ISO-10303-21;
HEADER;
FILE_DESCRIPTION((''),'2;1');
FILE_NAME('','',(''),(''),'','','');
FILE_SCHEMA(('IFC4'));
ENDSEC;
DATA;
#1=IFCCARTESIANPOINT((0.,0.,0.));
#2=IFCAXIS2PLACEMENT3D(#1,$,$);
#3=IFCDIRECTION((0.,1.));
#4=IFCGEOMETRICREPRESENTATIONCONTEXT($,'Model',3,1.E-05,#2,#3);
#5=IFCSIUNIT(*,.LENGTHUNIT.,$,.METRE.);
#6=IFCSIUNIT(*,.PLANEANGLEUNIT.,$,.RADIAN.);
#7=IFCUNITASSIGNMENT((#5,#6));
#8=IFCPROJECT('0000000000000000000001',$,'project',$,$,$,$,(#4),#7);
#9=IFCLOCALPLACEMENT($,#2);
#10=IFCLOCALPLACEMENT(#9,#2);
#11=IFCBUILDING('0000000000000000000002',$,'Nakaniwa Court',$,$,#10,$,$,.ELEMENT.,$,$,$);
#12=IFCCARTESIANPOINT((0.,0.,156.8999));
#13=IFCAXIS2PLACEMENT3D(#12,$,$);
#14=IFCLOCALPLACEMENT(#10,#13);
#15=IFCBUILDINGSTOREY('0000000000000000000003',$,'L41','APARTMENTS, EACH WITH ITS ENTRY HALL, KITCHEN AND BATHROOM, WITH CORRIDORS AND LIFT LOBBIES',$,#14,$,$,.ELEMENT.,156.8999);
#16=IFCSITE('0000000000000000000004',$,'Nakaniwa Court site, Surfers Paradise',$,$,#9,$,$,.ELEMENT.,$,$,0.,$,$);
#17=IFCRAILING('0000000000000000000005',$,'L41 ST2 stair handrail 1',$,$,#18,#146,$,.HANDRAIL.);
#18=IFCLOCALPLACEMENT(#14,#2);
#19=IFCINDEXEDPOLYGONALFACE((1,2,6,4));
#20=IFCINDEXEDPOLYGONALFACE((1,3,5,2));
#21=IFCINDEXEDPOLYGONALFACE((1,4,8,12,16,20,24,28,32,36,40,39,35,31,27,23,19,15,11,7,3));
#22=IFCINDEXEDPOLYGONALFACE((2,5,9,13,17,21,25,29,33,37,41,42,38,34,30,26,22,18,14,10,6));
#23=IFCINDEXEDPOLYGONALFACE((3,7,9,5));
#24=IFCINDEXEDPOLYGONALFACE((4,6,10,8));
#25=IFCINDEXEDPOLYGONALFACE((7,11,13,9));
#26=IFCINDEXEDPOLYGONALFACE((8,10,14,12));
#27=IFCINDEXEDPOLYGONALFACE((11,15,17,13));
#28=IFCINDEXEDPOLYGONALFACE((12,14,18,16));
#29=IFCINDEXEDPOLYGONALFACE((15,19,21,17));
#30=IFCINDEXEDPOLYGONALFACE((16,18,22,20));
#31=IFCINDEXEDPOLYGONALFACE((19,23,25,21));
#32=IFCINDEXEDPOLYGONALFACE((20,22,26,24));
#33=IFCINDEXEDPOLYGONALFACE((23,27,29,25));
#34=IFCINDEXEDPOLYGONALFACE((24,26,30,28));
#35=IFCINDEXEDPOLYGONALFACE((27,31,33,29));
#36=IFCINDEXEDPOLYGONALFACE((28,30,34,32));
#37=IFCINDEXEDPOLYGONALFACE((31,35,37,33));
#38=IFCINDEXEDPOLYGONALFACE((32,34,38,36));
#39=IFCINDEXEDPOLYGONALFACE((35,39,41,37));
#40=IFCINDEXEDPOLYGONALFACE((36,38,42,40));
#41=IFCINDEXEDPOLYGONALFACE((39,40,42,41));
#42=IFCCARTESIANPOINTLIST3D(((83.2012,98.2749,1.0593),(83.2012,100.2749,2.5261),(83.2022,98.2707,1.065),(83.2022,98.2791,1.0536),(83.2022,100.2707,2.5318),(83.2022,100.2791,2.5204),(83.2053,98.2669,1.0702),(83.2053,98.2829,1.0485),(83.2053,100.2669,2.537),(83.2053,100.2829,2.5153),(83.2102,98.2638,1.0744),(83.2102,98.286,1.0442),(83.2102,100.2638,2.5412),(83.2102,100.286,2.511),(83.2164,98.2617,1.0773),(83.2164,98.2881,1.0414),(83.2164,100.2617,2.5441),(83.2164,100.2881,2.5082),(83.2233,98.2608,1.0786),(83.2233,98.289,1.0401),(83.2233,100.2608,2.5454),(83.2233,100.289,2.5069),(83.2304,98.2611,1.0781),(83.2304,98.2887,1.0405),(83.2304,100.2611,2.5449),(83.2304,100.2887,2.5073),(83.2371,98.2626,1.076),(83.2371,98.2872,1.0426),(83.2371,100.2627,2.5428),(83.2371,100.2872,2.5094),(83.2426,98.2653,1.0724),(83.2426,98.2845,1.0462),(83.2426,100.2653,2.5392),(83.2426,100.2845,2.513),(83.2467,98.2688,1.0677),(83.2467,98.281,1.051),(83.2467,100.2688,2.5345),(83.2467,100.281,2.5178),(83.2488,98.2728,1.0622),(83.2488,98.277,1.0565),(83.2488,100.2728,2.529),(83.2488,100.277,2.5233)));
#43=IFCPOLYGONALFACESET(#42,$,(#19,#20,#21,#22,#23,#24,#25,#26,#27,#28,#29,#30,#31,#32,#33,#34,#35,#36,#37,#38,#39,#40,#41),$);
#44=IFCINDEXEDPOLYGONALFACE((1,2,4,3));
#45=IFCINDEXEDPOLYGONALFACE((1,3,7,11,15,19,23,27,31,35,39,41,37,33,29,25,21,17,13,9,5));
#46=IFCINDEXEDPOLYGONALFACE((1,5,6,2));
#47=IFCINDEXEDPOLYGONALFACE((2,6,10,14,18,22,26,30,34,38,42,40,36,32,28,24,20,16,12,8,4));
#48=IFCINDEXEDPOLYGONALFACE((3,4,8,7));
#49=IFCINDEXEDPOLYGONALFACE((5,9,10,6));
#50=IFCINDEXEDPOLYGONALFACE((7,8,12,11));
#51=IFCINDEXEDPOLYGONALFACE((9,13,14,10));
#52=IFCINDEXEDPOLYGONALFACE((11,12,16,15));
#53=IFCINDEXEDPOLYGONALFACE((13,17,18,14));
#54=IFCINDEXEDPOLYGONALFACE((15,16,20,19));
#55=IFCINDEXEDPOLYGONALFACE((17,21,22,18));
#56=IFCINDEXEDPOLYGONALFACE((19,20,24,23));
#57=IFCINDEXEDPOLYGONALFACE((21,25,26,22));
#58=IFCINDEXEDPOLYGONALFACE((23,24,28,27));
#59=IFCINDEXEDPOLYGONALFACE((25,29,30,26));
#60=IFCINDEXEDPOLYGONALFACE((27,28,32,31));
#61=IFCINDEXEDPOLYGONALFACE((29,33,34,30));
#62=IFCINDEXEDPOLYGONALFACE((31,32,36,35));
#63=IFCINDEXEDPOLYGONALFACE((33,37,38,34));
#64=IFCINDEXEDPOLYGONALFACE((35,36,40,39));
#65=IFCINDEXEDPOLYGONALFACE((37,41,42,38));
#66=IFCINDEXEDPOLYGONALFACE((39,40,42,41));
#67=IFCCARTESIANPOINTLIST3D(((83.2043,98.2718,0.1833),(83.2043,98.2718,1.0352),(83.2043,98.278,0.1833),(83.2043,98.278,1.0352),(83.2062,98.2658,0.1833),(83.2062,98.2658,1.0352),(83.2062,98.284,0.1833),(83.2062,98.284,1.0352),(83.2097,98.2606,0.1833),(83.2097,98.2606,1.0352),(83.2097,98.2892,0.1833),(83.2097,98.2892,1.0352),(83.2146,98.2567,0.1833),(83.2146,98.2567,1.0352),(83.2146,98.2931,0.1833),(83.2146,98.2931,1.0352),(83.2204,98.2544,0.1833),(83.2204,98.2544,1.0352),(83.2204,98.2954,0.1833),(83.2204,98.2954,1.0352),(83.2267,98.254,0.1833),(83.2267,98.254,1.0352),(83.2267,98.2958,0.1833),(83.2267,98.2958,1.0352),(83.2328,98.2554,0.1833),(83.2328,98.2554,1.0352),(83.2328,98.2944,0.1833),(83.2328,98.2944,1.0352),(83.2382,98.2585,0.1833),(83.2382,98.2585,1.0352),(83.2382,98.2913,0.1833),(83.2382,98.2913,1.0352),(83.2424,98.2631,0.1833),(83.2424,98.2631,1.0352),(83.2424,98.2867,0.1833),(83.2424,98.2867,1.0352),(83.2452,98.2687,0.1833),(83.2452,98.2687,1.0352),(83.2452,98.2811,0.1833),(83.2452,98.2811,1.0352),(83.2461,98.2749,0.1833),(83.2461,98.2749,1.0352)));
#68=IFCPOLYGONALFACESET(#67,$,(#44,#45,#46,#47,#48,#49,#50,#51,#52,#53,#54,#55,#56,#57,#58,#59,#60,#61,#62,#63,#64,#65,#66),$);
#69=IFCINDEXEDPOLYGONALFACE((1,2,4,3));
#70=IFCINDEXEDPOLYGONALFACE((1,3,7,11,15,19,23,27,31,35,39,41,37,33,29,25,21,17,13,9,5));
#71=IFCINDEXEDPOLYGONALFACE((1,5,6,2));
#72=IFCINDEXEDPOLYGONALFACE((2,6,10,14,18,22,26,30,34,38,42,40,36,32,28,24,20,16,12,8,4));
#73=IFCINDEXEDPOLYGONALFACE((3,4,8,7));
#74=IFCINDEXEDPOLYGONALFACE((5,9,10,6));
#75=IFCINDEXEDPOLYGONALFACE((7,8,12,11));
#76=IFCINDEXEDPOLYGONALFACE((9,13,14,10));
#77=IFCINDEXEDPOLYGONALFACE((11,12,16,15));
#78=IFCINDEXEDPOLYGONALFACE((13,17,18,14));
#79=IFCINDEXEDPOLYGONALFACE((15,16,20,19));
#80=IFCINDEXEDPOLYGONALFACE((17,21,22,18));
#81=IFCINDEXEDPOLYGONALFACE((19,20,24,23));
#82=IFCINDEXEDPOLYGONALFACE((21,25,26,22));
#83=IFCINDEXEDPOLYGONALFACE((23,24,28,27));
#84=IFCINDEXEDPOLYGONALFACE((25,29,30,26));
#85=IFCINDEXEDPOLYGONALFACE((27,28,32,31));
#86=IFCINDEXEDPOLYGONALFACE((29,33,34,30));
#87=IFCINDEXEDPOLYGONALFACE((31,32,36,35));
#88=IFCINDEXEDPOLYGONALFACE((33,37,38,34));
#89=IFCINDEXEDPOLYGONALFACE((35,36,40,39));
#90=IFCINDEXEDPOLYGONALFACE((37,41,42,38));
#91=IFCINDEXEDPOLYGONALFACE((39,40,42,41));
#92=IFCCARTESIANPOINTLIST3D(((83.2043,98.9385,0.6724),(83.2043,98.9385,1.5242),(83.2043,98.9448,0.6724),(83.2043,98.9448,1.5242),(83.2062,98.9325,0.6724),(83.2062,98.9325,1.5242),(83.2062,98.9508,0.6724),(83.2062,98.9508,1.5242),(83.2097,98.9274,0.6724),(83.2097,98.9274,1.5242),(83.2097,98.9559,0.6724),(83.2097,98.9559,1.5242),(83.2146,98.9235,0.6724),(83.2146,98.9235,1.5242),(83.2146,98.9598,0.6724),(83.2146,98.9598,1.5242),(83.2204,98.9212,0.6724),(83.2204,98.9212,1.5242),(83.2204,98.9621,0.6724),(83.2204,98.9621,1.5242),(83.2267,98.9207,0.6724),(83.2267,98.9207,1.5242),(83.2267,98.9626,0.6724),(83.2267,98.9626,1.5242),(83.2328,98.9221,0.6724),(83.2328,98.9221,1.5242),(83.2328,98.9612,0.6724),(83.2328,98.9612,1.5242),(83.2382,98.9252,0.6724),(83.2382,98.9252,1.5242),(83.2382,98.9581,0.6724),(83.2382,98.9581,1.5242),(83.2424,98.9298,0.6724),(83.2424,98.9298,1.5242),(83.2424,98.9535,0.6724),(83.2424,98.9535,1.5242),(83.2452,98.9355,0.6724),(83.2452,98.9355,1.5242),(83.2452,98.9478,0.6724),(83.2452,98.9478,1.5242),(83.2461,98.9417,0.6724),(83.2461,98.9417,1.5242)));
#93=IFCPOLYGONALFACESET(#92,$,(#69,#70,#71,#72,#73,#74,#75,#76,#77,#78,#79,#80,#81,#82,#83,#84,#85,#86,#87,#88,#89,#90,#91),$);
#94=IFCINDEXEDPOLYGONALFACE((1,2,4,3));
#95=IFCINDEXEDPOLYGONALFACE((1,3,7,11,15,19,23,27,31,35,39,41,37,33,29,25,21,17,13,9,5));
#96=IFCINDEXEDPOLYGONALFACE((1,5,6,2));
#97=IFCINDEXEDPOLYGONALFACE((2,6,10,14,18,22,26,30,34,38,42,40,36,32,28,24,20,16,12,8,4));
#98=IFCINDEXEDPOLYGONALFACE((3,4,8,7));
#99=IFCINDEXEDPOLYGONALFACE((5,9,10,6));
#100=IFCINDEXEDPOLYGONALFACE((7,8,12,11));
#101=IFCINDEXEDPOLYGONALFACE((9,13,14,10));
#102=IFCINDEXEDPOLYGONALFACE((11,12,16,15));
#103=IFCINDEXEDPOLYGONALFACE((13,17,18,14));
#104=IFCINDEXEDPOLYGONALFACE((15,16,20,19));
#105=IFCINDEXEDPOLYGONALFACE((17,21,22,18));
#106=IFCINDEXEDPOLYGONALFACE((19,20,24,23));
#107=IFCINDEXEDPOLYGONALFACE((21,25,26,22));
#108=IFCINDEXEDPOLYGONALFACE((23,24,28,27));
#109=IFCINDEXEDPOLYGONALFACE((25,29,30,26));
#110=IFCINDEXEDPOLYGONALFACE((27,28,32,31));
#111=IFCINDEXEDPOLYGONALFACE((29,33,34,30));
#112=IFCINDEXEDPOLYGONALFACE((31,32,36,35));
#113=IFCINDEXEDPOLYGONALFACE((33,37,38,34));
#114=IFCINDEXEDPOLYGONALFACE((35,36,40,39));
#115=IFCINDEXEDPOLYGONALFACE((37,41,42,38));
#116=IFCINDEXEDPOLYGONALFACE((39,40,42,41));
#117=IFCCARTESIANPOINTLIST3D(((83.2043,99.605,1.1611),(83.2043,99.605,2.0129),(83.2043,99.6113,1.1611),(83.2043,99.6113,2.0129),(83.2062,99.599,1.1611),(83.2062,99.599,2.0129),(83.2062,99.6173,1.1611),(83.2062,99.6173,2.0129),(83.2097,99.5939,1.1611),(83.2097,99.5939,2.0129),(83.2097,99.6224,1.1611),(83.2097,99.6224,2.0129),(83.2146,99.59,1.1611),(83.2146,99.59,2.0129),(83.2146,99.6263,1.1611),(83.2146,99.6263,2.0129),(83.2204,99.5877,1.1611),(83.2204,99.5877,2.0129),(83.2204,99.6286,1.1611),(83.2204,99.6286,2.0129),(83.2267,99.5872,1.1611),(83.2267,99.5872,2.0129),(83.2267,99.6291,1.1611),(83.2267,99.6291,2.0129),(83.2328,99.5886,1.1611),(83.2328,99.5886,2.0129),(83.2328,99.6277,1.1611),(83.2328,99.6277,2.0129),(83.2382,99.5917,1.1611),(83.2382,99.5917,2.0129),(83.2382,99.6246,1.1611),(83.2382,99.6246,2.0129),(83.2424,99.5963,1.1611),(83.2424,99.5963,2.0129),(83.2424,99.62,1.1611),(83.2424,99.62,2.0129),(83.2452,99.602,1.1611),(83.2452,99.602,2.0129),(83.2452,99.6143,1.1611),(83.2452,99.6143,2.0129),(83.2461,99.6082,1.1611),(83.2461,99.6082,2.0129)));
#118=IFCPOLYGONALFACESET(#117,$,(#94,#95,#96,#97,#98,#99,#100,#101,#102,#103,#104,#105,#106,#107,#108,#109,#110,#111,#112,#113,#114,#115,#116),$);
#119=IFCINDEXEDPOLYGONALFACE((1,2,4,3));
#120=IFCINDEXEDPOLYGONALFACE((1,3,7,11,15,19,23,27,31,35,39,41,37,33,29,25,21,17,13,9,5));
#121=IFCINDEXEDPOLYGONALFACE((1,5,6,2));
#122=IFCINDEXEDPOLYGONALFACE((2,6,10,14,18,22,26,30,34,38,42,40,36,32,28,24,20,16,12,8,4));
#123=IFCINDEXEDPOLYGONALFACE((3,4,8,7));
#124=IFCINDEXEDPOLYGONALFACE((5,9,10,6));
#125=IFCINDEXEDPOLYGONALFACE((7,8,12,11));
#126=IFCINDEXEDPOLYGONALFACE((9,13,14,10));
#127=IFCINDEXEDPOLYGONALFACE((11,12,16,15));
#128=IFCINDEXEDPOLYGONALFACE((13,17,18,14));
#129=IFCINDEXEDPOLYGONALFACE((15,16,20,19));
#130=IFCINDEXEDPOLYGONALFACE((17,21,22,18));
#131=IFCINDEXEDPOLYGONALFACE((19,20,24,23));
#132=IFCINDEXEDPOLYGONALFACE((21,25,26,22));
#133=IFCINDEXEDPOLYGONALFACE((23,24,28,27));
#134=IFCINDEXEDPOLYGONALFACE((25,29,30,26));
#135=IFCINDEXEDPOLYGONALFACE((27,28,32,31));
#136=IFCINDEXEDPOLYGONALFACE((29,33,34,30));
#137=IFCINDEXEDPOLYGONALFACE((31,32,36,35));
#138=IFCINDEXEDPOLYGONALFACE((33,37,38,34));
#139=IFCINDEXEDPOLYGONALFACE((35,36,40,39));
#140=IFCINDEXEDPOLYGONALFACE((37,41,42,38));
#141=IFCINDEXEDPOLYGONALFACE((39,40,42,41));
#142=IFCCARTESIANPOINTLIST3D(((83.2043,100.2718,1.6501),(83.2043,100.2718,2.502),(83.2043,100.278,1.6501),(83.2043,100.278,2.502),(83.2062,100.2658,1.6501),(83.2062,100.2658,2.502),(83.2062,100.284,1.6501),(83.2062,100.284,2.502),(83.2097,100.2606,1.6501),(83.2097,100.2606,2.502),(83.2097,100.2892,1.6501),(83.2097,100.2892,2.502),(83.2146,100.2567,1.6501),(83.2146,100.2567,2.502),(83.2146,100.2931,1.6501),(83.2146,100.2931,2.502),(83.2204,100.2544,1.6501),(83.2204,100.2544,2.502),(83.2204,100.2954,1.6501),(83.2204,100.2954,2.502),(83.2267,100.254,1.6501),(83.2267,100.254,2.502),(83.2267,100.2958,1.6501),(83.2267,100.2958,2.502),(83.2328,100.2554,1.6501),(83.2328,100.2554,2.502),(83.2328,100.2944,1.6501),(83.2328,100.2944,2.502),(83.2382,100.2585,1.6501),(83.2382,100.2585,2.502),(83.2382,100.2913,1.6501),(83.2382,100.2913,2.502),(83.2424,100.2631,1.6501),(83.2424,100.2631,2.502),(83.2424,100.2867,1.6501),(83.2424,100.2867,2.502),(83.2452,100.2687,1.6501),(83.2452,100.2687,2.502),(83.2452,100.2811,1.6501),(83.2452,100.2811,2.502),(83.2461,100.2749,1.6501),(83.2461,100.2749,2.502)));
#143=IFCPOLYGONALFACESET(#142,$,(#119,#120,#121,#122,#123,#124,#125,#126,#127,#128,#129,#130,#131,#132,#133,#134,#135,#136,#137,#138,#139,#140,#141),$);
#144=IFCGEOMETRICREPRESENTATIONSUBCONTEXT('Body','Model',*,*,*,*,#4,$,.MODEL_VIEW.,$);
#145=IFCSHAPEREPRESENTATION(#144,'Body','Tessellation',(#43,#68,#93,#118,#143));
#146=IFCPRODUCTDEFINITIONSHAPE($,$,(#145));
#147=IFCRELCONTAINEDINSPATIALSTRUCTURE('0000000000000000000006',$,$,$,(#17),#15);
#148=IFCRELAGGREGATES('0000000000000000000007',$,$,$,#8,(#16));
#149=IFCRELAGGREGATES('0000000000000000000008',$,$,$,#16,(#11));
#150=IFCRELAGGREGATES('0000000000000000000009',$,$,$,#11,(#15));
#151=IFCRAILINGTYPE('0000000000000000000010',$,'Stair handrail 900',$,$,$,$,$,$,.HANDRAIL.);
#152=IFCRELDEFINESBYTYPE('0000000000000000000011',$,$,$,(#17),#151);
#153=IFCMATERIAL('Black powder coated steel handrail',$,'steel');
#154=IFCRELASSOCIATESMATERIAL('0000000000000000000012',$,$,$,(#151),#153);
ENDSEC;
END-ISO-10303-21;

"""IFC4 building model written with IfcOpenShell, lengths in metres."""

from ifc_helpers import new_model, si_unit, direction, frame, origin, origin_2d, place, context, subcontext, project, spatial, circle, extrude, material, type_object, element, save


model = new_model("IFC4")

# Units and contexts
model_context = context("Model", 3, precision=1e-05, world=origin(), true_north=direction((0.0, 1.0)))
body_context = subcontext(model_context, "Body", "Model", "MODEL_VIEW")
ifc_project = project(units=[si_unit("LENGTHUNIT", "METRE"), si_unit("PLANEANGLEUNIT", "RADIAN")], contexts=[model_context])

# Site, building, storey
site_placement = place(None, origin())
site = spatial("IfcSite", under=ifc_project, at=site_placement, Name="Nakaniwa Court site, Surfers Paradise", CompositionType="ELEMENT", RefElevation=0.0)
building_placement = place(site_placement, origin())
building = spatial("IfcBuilding", under=site, at=building_placement, Name="Nakaniwa Court", CompositionType="ELEMENT")
storey_placement = place(building_placement, frame((0.0, 0.0, 156.8999)))
storey = spatial("IfcBuildingStorey", under=building, at=storey_placement, Name="L41", Description="APARTMENTS, EACH WITH ITS ENTRY HALL, KITCHEN AND BATHROOM, WITH CORRIDORS AND LIFT LOBBIES", CompositionType="ELEMENT", Elevation=156.8999)

# Railing
ifc_material_1 = material(Name="Black powder coated steel handrail", Category="steel")
railing_type_1 = type_object("IfcRailingType", Name="Stair handrail 900", PredefinedType="HANDRAIL", material=ifc_material_1)
railing_1_placement = place(storey_placement, frame((83.2251, 98.2749, 0.1833)))
element("IfcRailing", 1, at=railing_1_placement, inside=storey, type_object=railing_type_1, Name="L41 ST2 stair handrail 1", PredefinedType="HANDRAIL", context=body_context, shape_type="SweptSolid", body=[
    extrude(circle(Radius=0.0239, at=origin_2d()), frame((0.0, 0.0, 0.876), z_axis=(0.0, 0.80638, 0.591398), x_axis=(-1.0, 0.0, 0.0)), (0.0, 0.0, 1.0), 2.4802),
    extrude(circle(Radius=0.021, at=origin_2d()), origin(), (0.0, 0.0, 1.0), 0.8518),
    extrude(circle(Radius=0.021, at=origin_2d()), frame((0.0, 0.6667, 0.489)), (0.0, 0.0, 1.0), 0.8518),
    extrude(circle(Radius=0.021, at=origin_2d()), frame((0.0, 1.3333, 0.9778)), (0.0, 0.0, 1.0), 0.8518),
    extrude(circle(Radius=0.021, at=origin_2d()), frame((0.0, 2.0, 1.4668)), (0.0, 0.0, 1.0), 0.8518),
])

save(model, "model.ifc")
